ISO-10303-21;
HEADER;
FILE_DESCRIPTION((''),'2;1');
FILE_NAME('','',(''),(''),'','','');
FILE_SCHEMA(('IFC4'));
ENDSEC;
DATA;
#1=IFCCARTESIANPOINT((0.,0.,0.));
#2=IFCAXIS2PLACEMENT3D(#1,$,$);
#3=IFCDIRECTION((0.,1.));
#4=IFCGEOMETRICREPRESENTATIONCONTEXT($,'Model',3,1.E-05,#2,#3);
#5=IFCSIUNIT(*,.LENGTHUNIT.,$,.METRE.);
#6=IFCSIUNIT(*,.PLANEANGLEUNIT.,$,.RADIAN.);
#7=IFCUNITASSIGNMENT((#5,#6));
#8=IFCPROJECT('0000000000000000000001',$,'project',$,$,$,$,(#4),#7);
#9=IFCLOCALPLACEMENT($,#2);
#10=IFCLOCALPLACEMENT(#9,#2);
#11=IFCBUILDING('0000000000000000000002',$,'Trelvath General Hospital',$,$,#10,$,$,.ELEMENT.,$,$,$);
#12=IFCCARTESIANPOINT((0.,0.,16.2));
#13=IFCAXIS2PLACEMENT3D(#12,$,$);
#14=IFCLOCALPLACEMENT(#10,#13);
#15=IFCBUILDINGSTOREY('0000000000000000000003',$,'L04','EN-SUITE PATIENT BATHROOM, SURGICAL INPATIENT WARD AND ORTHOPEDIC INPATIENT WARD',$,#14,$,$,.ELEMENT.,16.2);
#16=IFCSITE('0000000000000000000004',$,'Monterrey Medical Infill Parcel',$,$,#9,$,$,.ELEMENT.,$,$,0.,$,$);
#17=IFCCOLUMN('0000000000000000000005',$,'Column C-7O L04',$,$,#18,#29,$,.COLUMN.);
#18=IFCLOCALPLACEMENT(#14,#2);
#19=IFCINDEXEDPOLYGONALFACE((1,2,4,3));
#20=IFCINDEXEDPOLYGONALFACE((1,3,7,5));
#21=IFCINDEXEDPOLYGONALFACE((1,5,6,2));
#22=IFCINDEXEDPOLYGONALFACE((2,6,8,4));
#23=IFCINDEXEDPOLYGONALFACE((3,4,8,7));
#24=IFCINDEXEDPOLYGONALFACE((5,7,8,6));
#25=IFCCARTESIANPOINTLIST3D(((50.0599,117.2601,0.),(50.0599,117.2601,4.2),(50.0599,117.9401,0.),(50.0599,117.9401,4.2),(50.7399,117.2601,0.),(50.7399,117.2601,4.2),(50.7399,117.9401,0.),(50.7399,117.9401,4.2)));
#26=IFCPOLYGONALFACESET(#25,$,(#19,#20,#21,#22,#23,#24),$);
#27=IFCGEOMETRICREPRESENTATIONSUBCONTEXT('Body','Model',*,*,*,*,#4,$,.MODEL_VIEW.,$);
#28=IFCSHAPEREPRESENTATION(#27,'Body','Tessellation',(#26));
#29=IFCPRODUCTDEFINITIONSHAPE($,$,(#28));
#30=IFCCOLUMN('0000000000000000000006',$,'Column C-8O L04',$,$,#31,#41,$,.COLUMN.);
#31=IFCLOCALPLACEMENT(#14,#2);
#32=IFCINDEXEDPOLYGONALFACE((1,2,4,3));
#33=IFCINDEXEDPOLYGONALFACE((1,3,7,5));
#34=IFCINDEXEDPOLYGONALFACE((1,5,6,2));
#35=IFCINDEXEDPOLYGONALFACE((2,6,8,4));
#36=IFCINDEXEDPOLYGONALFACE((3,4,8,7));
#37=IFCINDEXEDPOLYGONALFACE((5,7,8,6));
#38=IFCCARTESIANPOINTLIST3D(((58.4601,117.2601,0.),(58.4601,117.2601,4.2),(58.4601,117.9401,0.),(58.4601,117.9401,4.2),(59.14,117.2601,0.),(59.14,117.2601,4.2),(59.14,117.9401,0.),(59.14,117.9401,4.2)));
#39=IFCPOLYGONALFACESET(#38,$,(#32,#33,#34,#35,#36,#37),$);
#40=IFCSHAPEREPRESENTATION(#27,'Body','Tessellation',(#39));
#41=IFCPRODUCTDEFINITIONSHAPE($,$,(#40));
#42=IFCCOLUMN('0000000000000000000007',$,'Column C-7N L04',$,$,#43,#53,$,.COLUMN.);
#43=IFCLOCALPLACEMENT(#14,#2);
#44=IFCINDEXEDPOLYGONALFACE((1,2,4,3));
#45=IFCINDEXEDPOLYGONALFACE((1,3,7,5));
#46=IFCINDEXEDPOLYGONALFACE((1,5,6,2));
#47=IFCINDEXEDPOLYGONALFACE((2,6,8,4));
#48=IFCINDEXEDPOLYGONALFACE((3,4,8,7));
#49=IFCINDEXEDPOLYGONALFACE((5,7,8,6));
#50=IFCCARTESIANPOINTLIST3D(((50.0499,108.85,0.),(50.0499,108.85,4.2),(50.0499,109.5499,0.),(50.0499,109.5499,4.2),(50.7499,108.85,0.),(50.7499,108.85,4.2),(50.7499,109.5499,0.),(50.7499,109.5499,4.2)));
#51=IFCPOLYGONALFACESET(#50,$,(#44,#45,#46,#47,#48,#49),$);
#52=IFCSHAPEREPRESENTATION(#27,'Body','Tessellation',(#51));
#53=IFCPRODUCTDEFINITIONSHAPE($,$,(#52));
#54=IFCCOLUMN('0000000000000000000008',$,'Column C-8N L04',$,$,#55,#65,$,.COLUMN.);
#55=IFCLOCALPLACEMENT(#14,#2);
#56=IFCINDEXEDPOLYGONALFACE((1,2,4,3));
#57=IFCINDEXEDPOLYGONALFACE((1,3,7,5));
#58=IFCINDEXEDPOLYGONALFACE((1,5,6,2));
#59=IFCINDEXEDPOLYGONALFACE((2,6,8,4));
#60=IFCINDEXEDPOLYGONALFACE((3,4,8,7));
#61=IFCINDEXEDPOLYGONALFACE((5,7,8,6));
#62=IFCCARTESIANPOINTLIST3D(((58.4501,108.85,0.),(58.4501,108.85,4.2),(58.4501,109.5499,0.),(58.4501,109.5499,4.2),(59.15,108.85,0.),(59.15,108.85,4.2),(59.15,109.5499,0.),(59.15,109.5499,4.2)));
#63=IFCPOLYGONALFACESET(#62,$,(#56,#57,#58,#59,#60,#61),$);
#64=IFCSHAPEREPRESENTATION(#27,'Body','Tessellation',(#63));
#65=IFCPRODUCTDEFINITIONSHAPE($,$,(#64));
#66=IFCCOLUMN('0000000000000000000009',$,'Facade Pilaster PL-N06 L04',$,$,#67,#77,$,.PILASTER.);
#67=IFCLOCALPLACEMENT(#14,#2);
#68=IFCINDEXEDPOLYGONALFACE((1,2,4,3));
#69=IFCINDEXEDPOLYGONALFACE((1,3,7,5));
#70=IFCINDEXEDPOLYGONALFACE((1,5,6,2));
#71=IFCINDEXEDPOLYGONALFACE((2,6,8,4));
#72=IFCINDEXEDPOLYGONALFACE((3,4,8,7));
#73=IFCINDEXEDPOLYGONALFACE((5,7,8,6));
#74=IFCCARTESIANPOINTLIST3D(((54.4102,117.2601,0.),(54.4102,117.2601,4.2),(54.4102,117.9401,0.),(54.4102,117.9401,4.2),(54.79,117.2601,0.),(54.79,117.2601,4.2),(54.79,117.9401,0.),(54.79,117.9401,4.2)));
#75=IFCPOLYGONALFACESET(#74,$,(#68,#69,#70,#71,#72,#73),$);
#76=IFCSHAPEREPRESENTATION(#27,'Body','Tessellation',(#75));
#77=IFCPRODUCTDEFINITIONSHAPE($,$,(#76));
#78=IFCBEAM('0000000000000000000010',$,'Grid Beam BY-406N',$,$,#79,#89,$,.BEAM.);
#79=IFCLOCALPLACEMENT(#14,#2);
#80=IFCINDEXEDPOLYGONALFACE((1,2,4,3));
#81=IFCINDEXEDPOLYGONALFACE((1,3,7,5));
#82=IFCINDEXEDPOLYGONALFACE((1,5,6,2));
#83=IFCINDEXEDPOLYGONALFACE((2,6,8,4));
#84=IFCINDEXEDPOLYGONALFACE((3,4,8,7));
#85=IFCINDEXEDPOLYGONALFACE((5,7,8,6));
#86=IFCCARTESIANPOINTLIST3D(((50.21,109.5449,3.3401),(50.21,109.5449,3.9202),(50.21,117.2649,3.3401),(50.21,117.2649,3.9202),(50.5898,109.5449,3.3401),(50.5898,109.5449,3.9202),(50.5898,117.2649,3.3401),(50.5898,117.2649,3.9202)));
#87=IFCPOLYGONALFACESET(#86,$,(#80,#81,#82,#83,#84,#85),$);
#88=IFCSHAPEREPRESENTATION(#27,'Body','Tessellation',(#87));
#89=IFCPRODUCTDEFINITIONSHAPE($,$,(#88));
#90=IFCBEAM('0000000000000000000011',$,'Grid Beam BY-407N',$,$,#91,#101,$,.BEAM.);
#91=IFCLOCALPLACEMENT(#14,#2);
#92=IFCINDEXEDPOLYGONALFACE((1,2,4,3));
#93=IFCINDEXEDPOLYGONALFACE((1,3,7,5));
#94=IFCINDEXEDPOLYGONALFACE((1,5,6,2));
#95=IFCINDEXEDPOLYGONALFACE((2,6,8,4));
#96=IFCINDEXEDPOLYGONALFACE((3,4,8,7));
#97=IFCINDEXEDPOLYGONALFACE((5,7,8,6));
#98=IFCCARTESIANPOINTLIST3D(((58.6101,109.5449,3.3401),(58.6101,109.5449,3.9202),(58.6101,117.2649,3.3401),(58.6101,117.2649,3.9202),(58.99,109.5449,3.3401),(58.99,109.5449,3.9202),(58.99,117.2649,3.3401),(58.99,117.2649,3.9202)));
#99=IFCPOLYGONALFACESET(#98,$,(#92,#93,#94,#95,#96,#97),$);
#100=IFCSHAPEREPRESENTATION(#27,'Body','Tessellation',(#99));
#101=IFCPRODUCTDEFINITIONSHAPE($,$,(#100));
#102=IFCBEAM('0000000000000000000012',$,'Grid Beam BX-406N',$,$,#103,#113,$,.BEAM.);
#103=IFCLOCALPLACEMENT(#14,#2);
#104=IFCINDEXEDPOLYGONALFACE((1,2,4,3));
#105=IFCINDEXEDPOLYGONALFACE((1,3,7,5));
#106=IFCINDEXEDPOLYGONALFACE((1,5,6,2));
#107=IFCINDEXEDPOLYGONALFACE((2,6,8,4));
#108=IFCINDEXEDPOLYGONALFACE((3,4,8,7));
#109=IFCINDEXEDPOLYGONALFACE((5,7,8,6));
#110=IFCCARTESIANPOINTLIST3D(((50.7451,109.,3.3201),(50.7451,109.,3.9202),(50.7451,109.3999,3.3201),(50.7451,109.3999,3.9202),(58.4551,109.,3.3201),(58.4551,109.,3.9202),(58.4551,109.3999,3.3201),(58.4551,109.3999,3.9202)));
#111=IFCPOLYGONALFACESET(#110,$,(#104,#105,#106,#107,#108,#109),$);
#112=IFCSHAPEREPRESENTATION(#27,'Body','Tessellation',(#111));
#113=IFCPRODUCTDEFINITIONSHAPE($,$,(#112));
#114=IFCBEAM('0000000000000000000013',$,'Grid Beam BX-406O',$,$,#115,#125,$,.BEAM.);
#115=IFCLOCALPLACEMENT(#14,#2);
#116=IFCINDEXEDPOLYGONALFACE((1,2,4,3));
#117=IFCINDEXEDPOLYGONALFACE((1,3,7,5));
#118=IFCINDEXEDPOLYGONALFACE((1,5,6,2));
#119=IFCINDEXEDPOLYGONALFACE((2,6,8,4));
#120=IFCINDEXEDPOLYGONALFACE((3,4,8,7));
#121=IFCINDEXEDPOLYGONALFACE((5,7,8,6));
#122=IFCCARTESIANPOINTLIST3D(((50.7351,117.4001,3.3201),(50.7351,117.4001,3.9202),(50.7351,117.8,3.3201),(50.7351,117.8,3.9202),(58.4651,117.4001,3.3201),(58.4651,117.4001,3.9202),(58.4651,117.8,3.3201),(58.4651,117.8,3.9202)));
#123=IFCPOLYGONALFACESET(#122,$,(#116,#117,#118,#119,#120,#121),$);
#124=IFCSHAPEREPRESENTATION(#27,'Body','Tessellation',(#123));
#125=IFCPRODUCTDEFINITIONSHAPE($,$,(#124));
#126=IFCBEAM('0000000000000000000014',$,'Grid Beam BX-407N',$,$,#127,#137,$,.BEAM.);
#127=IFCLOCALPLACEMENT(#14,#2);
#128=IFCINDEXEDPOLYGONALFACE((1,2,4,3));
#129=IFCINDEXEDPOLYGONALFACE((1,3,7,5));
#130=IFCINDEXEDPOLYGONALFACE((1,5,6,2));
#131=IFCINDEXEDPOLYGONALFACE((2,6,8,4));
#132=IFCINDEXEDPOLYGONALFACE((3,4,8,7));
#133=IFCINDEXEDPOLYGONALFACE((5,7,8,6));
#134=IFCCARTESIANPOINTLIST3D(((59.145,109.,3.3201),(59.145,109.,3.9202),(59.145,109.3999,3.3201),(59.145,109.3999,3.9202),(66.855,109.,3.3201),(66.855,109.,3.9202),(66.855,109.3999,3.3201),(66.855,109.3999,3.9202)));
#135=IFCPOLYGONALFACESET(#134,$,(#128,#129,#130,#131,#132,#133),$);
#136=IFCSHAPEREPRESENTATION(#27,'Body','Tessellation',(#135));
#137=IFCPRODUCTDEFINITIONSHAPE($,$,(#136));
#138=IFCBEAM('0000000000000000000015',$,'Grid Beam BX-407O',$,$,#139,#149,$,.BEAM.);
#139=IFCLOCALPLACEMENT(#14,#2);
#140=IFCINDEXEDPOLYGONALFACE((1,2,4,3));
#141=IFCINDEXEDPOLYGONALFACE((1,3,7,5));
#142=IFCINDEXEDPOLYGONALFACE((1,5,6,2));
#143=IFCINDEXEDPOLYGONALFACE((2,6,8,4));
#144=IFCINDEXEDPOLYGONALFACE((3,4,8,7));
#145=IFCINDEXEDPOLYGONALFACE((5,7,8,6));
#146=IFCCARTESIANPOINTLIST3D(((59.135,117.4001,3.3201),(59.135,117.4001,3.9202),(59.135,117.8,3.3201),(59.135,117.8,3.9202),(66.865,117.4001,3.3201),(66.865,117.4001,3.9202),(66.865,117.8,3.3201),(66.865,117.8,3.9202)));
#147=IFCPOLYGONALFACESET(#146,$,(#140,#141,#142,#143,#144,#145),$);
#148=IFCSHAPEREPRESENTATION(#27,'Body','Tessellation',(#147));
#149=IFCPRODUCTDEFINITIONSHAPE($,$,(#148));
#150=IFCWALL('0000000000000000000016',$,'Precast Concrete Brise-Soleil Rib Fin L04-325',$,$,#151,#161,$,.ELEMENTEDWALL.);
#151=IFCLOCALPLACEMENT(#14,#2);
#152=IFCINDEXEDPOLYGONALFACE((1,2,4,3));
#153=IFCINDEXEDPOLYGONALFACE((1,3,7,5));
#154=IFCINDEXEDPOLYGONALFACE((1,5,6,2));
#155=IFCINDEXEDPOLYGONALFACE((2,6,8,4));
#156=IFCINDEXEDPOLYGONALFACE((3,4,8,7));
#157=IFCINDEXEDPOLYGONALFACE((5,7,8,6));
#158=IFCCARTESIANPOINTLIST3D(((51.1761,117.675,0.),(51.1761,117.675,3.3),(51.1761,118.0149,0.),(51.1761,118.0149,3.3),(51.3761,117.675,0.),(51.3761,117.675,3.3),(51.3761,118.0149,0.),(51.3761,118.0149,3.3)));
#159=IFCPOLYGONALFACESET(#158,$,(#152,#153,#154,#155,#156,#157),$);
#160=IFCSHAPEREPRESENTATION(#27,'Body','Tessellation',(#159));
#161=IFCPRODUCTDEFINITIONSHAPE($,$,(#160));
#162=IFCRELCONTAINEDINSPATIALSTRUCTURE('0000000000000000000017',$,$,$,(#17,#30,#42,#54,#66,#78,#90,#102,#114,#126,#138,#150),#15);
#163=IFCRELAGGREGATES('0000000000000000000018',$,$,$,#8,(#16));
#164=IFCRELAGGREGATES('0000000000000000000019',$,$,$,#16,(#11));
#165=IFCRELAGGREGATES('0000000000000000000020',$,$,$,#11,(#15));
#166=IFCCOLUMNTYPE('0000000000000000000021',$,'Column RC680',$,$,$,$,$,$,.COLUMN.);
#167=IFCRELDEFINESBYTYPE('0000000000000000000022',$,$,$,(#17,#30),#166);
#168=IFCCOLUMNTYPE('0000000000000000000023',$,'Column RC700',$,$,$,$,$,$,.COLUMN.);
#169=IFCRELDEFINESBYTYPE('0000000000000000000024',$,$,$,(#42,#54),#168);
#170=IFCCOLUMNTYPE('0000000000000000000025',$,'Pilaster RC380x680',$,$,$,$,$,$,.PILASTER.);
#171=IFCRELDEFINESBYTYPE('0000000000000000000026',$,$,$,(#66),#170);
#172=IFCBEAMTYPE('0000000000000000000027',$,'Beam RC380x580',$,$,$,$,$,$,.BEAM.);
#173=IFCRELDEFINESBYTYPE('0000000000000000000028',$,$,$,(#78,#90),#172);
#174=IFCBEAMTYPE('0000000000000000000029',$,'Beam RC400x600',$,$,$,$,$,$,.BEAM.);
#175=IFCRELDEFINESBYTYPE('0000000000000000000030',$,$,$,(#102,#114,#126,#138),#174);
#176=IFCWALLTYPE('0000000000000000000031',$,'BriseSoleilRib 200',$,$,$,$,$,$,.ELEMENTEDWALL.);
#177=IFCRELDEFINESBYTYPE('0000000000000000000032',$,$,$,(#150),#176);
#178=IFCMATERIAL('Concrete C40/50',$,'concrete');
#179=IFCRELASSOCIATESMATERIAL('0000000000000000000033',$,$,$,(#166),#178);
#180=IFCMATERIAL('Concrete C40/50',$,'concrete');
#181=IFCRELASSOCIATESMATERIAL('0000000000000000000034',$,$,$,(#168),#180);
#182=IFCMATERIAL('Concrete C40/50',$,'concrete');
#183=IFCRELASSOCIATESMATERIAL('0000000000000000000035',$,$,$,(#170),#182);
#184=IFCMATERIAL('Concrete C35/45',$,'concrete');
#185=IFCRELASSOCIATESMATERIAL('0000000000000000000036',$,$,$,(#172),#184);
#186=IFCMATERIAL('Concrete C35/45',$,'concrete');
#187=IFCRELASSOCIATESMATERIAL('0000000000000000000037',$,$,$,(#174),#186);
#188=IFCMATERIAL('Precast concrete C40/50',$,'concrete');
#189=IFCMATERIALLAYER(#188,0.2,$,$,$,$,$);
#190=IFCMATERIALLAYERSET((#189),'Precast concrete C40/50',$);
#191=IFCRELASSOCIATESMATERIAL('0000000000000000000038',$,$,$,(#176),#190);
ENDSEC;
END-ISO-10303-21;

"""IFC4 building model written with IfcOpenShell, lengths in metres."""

from ifc_helpers import new_model, si_unit, direction, frame, frame_2d, origin, origin_2d, place, context, subcontext, project, spatial, rectangle, extrude, material, layer, layer_set, material_profile, profile_set, type_object, element, save


model = new_model("IFC4")

# Units and contexts
model_context = context("Model", 3, precision=1e-05, world=origin(), true_north=direction((0.0, 1.0)))
body_context = subcontext(model_context, "Body", "Model", "MODEL_VIEW")
ifc_project = project(units=[si_unit("LENGTHUNIT", "METRE"), si_unit("PLANEANGLEUNIT", "RADIAN")], contexts=[model_context])

# Site, building, storey
site_placement = place(None, origin())
site = spatial("IfcSite", under=ifc_project, at=site_placement, Name="Monterrey Medical Infill Parcel", CompositionType="ELEMENT", RefElevation=0.0)
building_placement = place(site_placement, origin())
building = spatial("IfcBuilding", under=site, at=building_placement, Name="Trelvath General Hospital", CompositionType="ELEMENT")
storey_placement = place(building_placement, frame((0.0, 0.0, 16.2)))
storey = spatial("IfcBuildingStorey", under=building, at=storey_placement, Name="L04", Description="EN-SUITE PATIENT BATHROOM, SURGICAL INPATIENT WARD AND ORTHOPEDIC INPATIENT WARD", CompositionType="ELEMENT", Elevation=16.2)

# Columns
ifc_material_1 = material(Name="Concrete C40/50", Category="concrete")
ifc_material_profile_1 = material_profile(ifc_material_1, rectangle(XDim=0.6799, YDim=0.6799, at=origin_2d()), Name="RC680x680")
ifc_profile_set_1 = profile_set([ifc_material_profile_1], Name="Concrete C40/50")
column_type_1 = type_object("IfcColumnType", Name="Column RC680", PredefinedType="COLUMN", material=ifc_profile_set_1)
for number, where, z_axis, x_axis, name in (
    (1, (50.3999, 117.6001, 0.0), (0.0, 0.0, 1.0), (1.0, 0.0, 0.0), "Column C-7O L04"),
    (2, (58.8, 117.6001, 0.0), (0.0, 0.0, 1.0), (1.0, 0.0, 0.0), "Column C-8O L04"),
):
    element("IfcColumn", number, at=place(storey_placement, frame(where, z_axis=z_axis, x_axis=x_axis)), inside=storey, type_object=column_type_1, Name=name, PredefinedType="COLUMN", context=body_context, shape_type="SweptSolid", body=[
        extrude(rectangle(XDim=0.6799, YDim=0.6799, at=origin_2d()), origin(), (0.0, 0.0, 1.0), 4.2),
    ])
ifc_material_2 = material(Name="Concrete C40/50", Category="concrete")
ifc_material_profile_2 = material_profile(ifc_material_2, rectangle(XDim=0.7, YDim=0.7, at=origin_2d()), Name="RC700x700")
ifc_profile_set_2 = profile_set([ifc_material_profile_2], Name="Concrete C40/50")
column_type_2 = type_object("IfcColumnType", Name="Column RC700", PredefinedType="COLUMN", material=ifc_profile_set_2)
for number, where, z_axis, x_axis, name in (
    (3, (50.3999, 109.2, 0.0), (0.0, 0.0, 1.0), (1.0, 0.0, 0.0), "Column C-7N L04"),
    (4, (58.8, 109.2, 0.0), (0.0, 0.0, 1.0), (1.0, 0.0, 0.0), "Column C-8N L04"),
):
    element("IfcColumn", number, at=place(storey_placement, frame(where, z_axis=z_axis, x_axis=x_axis)), inside=storey, type_object=column_type_2, Name=name, PredefinedType="COLUMN", context=body_context, shape_type="SweptSolid", body=[
        extrude(rectangle(XDim=0.7, YDim=0.7, at=origin_2d()), origin(), (0.0, 0.0, 1.0), 4.2),
    ])
ifc_material_3 = material(Name="Concrete C40/50", Category="concrete")
ifc_material_profile_3 = material_profile(ifc_material_3, rectangle(XDim=0.3799, YDim=0.6799, at=origin_2d()), Name="RC380x680")
ifc_profile_set_3 = profile_set([ifc_material_profile_3], Name="Concrete C40/50")
column_type_3 = type_object("IfcColumnType", Name="Pilaster RC380x680", PredefinedType="PILASTER", material=ifc_profile_set_3)
column_placement = place(storey_placement, frame((54.6001, 117.6001, 0.0), z_axis=(0.0, 0.0, 1.0), x_axis=(1.0, 0.0, 0.0)))
element("IfcColumn", 5, at=column_placement, inside=storey, type_object=column_type_3, Name="Facade Pilaster PL-N06 L04", PredefinedType="PILASTER", context=body_context, shape_type="SweptSolid", body=[
    extrude(rectangle(XDim=0.3799, YDim=0.6799, at=origin_2d()), origin(), (0.0, 0.0, 1.0), 4.2),
])

# Beams
ifc_material_4 = material(Name="Concrete C35/45", Category="concrete")
ifc_material_profile_4 = material_profile(ifc_material_4, rectangle(XDim=0.3799, YDim=0.5801, at=origin_2d()), Name="RCB380x580")
ifc_profile_set_4 = profile_set([ifc_material_profile_4], Name="Concrete C35/45")
beam_type_1 = type_object("IfcBeamType", Name="Beam RC380x580", PredefinedType="BEAM", material=ifc_profile_set_4)
for number, where, z_axis, x_axis, name in (
    (6, (50.3999, 109.5449, 3.6301), (0.0, 1.0, 0.0), (-1.0, 0.0, 0.0), "Grid Beam BY-406N"),
    (7, (58.8, 109.5449, 3.6301), (0.0, 1.0, 0.0), (-1.0, 0.0, 0.0), "Grid Beam BY-407N"),
):
    element("IfcBeam", number, at=place(storey_placement, frame(where, z_axis=z_axis, x_axis=x_axis)), inside=storey, type_object=beam_type_1, Name=name, PredefinedType="BEAM", context=body_context, shape_type="SweptSolid", body=[
        extrude(rectangle(XDim=0.3799, YDim=0.5801, at=origin_2d()), origin(), (0.0, 0.0, 1.0), 7.72),
    ])
ifc_material_5 = material(Name="Concrete C35/45", Category="concrete")
ifc_material_profile_5 = material_profile(ifc_material_5, rectangle(XDim=0.3999, YDim=0.6001, at=origin_2d()), Name="RCB400x600")
ifc_profile_set_5 = profile_set([ifc_material_profile_5], Name="Concrete C35/45")
beam_type_2 = type_object("IfcBeamType", Name="Beam RC400x600", PredefinedType="BEAM", material=ifc_profile_set_5)
beam_1_placement = place(storey_placement, frame((50.7451, 109.2, 3.6201), z_axis=(1.0, 0.0, 0.0), x_axis=(0.0, 1.0, 0.0)))
element("IfcBeam", 8, at=beam_1_placement, inside=storey, type_object=beam_type_2, Name="Grid Beam BX-406N", PredefinedType="BEAM", context=body_context, shape_type="SweptSolid", body=[
    extrude(rectangle(XDim=0.3999, YDim=0.6001, at=origin_2d()), origin(), (0.0, 0.0, 1.0), 7.71),
])
beam_2_placement = place(storey_placement, frame((50.7351, 117.6001, 3.6201), z_axis=(1.0, 0.0, 0.0), x_axis=(0.0, 1.0, 0.0)))
element("IfcBeam", 9, at=beam_2_placement, inside=storey, type_object=beam_type_2, Name="Grid Beam BX-406O", PredefinedType="BEAM", context=body_context, shape_type="SweptSolid", body=[
    extrude(rectangle(XDim=0.3999, YDim=0.6001, at=origin_2d()), origin(), (0.0, 0.0, 1.0), 7.73),
])
beam_3_placement = place(storey_placement, frame((59.145, 109.2, 3.6201), z_axis=(1.0, 0.0, 0.0), x_axis=(0.0, 1.0, 0.0)))
element("IfcBeam", 10, at=beam_3_placement, inside=storey, type_object=beam_type_2, Name="Grid Beam BX-407N", PredefinedType="BEAM", context=body_context, shape_type="SweptSolid", body=[
    extrude(rectangle(XDim=0.3999, YDim=0.6001, at=origin_2d()), origin(), (0.0, 0.0, 1.0), 7.71),
])
beam_4_placement = place(storey_placement, frame((59.135, 117.6001, 3.6201), z_axis=(1.0, 0.0, 0.0), x_axis=(0.0, 1.0, 0.0)))
element("IfcBeam", 11, at=beam_4_placement, inside=storey, type_object=beam_type_2, Name="Grid Beam BX-407O", PredefinedType="BEAM", context=body_context, shape_type="SweptSolid", body=[
    extrude(rectangle(XDim=0.3999, YDim=0.6001, at=origin_2d()), origin(), (0.0, 0.0, 1.0), 7.73),
])

# Wall
ifc_material_6 = material(Name="Precast concrete C40/50", Category="concrete")
ifc_layer_1 = layer(ifc_material_6, 0.2)
ifc_layer_set_1 = layer_set([ifc_layer_1], Name="Precast concrete C40/50")
wall_type_1 = type_object("IfcWallType", Name="BriseSoleilRib 200", PredefinedType="ELEMENTEDWALL", material=ifc_layer_set_1)
wall_1_placement = place(storey_placement, frame((51.2761, 117.675, 0.0), z_axis=(0.0, 0.0, 1.0), x_axis=(0.0, 1.0, 0.0)))
element("IfcWall", 12, at=wall_1_placement, inside=storey, type_object=wall_type_1, Name="Precast Concrete Brise-Soleil Rib Fin L04-325", PredefinedType="ELEMENTEDWALL", context=body_context, shape_type="SweptSolid", body=[
    extrude(rectangle(XDim=0.3398, YDim=0.2, at=frame_2d((0.1699, 0.0))), origin(), (0.0, 0.0, 1.0), 3.3),
])

save(model, "model.ifc")
